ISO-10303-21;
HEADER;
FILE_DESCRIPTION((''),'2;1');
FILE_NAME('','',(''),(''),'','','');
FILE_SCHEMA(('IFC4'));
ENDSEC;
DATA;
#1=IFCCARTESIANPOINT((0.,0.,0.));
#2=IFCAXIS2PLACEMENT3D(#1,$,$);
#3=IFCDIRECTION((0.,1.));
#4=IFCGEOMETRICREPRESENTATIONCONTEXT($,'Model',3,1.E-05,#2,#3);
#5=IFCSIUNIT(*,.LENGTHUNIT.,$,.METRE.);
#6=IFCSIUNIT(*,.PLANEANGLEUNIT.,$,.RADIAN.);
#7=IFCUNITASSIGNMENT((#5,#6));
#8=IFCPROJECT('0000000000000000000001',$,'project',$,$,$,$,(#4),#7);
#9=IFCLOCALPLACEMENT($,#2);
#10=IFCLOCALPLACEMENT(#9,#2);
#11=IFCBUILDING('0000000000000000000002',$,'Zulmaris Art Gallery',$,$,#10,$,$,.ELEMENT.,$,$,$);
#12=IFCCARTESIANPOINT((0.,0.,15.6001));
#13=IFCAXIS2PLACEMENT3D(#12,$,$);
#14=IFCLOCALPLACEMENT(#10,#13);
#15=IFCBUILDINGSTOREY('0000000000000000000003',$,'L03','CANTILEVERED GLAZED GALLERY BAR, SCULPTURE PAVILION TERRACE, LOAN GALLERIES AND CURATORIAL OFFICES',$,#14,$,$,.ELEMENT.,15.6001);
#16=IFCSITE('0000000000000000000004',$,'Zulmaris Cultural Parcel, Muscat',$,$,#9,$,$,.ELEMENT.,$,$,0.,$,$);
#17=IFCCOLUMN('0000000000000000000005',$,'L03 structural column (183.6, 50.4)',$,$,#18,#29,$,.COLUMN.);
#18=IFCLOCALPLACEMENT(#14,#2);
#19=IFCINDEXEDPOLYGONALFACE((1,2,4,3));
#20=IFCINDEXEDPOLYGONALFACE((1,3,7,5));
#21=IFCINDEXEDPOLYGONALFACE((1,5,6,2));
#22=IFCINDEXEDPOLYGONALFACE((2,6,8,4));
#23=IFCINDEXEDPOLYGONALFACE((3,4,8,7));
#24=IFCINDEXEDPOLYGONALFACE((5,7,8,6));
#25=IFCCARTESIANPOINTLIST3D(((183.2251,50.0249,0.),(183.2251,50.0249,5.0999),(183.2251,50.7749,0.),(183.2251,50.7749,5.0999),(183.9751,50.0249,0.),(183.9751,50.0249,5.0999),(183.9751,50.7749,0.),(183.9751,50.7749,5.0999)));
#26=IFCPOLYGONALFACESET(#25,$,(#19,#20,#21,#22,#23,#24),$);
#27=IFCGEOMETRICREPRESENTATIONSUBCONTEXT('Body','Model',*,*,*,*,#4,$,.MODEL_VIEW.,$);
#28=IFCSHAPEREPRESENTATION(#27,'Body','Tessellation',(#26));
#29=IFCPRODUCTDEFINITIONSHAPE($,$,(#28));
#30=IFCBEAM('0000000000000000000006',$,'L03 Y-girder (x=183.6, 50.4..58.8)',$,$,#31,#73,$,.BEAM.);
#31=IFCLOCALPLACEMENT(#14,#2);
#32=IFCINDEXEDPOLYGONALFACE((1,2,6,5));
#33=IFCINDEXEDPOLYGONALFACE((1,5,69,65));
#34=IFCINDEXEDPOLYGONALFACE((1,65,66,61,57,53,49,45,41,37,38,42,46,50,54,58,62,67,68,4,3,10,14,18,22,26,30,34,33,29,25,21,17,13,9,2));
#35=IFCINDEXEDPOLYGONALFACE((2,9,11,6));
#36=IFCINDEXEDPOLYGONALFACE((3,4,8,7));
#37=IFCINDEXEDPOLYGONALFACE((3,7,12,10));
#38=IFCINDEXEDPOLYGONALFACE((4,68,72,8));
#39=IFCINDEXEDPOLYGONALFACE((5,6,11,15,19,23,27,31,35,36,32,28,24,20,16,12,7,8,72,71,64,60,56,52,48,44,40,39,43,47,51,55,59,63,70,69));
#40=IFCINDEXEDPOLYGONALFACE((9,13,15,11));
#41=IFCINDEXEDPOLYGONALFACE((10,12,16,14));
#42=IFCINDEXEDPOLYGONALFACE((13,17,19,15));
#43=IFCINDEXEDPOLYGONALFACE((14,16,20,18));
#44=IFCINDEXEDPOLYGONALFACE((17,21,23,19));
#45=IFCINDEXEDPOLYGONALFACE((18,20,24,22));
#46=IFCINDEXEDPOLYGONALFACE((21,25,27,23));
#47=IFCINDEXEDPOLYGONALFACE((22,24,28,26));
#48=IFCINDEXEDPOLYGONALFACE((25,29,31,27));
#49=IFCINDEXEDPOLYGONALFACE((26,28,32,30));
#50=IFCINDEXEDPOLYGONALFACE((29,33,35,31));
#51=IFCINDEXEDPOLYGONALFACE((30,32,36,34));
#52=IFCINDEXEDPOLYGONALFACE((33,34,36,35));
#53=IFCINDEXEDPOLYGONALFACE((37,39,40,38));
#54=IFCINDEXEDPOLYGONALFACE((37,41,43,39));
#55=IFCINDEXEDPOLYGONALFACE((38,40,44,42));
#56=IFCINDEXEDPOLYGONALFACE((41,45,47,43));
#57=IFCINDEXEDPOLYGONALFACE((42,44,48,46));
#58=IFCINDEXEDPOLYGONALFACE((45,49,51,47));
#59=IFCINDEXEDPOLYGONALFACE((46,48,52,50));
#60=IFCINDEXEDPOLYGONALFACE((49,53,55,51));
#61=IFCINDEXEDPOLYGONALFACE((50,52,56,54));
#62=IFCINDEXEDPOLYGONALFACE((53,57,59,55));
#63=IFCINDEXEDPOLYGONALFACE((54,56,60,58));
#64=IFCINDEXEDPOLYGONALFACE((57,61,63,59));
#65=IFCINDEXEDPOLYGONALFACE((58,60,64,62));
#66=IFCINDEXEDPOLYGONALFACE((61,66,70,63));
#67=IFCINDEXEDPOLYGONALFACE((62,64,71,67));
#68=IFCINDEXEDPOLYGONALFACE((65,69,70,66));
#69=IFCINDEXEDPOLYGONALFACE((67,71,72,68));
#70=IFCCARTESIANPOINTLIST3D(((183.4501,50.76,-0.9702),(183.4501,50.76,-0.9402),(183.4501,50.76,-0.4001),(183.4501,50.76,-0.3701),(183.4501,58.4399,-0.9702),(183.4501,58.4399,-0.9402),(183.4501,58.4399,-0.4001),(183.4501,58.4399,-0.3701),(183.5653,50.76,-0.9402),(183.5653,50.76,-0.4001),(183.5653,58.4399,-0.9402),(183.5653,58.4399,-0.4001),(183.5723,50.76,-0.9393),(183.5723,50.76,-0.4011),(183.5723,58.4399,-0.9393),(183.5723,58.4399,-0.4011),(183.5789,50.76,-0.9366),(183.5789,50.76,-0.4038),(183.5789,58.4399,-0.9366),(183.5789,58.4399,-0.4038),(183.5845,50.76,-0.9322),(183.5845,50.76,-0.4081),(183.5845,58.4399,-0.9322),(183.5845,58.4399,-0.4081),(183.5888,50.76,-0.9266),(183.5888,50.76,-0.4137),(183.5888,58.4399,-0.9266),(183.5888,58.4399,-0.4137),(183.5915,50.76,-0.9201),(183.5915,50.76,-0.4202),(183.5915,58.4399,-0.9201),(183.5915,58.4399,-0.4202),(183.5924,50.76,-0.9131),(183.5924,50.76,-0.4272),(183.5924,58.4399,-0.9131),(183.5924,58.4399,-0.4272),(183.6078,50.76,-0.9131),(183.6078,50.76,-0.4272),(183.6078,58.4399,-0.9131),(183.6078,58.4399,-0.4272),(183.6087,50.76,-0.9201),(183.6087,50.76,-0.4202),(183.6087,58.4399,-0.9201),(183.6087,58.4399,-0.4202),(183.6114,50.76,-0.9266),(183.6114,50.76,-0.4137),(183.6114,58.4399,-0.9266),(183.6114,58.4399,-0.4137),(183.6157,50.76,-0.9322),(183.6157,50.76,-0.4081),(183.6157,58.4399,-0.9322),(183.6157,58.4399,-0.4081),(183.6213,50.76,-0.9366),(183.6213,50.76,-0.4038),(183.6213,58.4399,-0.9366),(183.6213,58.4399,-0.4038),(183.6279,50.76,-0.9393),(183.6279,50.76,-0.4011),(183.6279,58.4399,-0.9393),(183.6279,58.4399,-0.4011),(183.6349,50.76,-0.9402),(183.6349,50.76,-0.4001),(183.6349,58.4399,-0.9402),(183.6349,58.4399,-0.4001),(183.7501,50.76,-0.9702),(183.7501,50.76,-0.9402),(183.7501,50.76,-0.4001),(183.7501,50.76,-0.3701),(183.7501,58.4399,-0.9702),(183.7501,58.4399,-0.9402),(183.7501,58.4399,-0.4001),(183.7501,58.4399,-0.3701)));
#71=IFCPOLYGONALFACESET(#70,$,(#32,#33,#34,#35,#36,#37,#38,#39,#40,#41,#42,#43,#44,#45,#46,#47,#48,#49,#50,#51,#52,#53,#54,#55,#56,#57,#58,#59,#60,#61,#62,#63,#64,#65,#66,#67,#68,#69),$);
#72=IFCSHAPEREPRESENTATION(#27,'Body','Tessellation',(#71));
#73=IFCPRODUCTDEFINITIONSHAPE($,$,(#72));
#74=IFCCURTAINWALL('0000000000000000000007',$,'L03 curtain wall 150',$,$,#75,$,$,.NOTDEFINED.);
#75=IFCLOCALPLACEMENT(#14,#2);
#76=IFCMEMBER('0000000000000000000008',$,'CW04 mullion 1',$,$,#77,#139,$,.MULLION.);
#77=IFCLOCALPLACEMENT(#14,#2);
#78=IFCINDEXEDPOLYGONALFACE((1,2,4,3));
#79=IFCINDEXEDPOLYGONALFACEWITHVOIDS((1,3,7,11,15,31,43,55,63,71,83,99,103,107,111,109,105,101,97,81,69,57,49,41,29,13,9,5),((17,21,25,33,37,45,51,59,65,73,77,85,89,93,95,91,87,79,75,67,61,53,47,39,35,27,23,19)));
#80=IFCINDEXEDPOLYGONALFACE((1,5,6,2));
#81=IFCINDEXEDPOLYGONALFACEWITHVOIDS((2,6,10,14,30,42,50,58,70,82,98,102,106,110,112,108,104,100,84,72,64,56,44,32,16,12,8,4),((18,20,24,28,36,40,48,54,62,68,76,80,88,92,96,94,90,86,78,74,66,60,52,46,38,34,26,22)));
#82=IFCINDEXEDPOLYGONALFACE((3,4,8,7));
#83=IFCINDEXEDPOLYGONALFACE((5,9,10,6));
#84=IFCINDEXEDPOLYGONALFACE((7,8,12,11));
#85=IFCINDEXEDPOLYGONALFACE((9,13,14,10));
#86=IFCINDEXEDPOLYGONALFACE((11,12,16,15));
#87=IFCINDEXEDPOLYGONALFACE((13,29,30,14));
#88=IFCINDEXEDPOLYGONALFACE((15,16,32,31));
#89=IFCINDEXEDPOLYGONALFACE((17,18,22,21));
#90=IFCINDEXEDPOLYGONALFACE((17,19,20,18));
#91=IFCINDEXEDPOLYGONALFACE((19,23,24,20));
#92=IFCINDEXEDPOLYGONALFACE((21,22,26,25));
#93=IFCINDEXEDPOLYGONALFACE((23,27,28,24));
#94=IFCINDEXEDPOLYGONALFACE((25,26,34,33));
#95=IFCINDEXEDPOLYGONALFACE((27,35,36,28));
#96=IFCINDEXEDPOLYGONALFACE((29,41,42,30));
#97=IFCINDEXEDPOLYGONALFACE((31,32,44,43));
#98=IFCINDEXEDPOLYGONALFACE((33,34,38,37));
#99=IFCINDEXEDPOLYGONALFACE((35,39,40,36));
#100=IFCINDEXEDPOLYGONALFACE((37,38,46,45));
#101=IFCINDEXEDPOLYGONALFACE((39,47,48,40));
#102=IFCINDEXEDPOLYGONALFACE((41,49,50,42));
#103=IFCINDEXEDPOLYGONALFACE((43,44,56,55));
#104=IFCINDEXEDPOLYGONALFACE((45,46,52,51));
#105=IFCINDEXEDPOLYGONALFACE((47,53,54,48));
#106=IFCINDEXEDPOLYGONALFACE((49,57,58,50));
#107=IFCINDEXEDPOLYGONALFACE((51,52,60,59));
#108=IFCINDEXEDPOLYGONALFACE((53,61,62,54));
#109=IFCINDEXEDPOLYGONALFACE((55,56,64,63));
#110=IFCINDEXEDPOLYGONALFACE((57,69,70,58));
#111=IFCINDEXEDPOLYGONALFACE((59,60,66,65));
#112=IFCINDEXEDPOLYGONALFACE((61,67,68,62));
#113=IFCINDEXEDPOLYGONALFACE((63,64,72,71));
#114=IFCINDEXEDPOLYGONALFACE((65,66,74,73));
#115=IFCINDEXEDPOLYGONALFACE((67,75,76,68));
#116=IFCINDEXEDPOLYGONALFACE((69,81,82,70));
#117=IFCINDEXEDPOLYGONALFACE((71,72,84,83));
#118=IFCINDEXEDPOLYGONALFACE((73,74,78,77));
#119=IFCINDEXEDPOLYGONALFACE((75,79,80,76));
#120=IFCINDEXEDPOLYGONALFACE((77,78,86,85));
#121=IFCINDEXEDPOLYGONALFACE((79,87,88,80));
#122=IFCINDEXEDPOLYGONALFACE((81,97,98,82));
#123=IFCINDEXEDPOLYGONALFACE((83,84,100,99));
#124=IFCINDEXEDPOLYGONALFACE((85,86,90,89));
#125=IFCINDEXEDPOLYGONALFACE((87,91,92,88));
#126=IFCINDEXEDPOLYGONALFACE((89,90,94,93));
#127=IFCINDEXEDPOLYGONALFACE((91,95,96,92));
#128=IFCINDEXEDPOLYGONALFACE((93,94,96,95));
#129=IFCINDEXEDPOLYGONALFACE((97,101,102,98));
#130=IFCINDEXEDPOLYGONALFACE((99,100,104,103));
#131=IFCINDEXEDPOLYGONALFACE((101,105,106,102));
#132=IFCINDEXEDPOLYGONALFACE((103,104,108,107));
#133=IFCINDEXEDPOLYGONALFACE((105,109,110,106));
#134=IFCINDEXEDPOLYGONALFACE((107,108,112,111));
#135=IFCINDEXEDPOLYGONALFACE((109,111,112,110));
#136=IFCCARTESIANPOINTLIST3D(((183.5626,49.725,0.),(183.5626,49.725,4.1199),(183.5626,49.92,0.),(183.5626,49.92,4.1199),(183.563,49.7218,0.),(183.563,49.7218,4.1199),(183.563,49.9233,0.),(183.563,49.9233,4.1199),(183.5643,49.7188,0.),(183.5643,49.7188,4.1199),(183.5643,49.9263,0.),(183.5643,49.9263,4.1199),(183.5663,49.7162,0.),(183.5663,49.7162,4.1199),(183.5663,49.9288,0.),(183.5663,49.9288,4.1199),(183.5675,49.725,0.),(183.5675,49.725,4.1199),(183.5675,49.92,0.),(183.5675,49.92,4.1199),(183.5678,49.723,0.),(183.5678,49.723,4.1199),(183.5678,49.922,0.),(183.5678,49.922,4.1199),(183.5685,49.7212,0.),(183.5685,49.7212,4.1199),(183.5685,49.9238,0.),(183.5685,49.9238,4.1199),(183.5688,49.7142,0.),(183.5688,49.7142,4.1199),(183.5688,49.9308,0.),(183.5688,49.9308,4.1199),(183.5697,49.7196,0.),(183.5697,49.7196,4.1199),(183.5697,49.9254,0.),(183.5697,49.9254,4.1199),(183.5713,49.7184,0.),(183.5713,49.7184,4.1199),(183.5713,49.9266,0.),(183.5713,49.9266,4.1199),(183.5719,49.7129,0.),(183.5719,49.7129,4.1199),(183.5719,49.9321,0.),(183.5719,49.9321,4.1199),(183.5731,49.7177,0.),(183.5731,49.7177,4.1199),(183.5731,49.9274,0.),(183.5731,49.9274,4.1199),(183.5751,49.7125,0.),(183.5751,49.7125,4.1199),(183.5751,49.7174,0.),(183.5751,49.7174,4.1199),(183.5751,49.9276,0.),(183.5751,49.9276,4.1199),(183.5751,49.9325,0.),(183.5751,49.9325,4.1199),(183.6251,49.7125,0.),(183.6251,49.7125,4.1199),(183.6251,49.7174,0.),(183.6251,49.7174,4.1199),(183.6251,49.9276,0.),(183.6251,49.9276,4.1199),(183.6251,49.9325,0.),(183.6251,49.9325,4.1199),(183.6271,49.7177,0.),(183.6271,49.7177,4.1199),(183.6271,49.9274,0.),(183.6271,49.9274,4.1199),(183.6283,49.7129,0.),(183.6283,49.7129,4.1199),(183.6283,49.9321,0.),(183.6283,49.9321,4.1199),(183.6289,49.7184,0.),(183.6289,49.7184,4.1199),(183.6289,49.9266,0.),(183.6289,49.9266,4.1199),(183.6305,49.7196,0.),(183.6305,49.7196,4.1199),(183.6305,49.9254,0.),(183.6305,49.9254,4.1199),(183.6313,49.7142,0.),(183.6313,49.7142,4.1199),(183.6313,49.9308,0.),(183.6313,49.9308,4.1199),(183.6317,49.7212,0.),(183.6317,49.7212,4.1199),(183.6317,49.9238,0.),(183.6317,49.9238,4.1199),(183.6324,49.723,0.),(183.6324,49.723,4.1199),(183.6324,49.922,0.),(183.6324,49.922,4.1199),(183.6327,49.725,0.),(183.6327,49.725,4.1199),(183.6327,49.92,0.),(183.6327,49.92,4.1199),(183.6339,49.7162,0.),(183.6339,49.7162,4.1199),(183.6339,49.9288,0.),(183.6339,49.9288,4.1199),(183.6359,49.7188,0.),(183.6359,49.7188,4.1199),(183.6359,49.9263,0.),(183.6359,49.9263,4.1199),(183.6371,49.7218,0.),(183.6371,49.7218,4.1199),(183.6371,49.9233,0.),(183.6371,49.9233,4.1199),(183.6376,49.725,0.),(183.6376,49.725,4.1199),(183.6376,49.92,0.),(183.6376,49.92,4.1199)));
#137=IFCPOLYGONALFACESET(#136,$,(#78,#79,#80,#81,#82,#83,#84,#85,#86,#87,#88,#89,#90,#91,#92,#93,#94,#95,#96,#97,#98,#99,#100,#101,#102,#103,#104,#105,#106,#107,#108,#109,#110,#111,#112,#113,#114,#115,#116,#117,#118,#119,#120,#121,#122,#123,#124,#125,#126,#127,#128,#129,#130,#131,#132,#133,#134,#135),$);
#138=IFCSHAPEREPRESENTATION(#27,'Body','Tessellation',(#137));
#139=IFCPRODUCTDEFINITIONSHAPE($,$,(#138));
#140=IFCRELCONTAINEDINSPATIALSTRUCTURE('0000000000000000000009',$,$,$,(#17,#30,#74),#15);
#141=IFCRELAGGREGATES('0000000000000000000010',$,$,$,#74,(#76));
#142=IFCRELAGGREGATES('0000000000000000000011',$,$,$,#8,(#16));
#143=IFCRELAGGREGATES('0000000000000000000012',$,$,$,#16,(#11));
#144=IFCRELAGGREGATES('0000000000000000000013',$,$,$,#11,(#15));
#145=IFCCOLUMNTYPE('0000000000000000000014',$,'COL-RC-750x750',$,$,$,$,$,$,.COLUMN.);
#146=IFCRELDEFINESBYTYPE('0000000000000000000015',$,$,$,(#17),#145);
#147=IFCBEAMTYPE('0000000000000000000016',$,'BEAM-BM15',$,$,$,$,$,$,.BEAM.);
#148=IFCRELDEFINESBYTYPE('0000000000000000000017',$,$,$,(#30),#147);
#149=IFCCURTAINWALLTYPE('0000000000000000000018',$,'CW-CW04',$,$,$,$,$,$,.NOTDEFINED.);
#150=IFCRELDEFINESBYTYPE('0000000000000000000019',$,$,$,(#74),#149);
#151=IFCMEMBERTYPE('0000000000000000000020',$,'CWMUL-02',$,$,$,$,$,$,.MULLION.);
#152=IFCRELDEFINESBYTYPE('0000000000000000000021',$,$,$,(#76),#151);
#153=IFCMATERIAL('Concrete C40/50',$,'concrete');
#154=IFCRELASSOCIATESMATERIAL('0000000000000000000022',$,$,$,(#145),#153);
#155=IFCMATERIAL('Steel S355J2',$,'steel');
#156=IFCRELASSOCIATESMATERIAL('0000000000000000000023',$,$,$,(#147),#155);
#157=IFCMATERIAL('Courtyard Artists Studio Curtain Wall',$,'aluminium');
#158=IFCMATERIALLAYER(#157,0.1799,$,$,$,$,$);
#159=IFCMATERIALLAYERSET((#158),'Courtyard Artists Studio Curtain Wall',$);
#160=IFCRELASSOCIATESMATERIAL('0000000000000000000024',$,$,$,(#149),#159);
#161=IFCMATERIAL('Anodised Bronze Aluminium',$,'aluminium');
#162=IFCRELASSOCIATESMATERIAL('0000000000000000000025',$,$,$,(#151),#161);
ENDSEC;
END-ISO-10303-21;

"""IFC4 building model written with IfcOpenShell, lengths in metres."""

from ifc_helpers import new_model, si_unit, direction, frame, origin, origin_2d, place, context, subcontext, project, spatial, rectangle, hollow_rectangle, i_section, extrude, material, layer, layer_set, material_profile, profile_set, type_object, element, aggregate, save


model = new_model("IFC4")

# Units and contexts
model_context = context("Model", 3, precision=1e-05, world=origin(), true_north=direction((0.0, 1.0)))
body_context = subcontext(model_context, "Body", "Model", "MODEL_VIEW")
ifc_project = project(units=[si_unit("LENGTHUNIT", "METRE"), si_unit("PLANEANGLEUNIT", "RADIAN")], contexts=[model_context])

# Site, building, storey
site_placement = place(None, origin())
site = spatial("IfcSite", under=ifc_project, at=site_placement, Name="Zulmaris Cultural Parcel, Muscat", CompositionType="ELEMENT", RefElevation=0.0)
building_placement = place(site_placement, origin())
building = spatial("IfcBuilding", under=site, at=building_placement, Name="Zulmaris Art Gallery", CompositionType="ELEMENT")
storey_placement = place(building_placement, frame((0.0, 0.0, 15.6001)))
storey = spatial("IfcBuildingStorey", under=building, at=storey_placement, Name="L03", Description="CANTILEVERED GLAZED GALLERY BAR, SCULPTURE PAVILION TERRACE, LOAN GALLERIES AND CURATORIAL OFFICES", CompositionType="ELEMENT", Elevation=15.6001)

# Column
ifc_material_1 = material(Name="Concrete C40/50", Category="concrete")
ifc_material_profile_1 = material_profile(ifc_material_1, rectangle(XDim=0.75, YDim=0.75, at=origin_2d()), Name="RC 750x750")
ifc_profile_set_1 = profile_set([ifc_material_profile_1], Name="Concrete C40/50")
column_type = type_object("IfcColumnType", Name="COL-RC-750x750", PredefinedType="COLUMN", material=ifc_profile_set_1)
column_placement = place(storey_placement, frame((183.6001, 50.3999, 0.0), z_axis=(0.0, 0.0, 1.0), x_axis=(1.0, 0.0, 0.0)))
element("IfcColumn", 1, at=column_placement, inside=storey, type_object=column_type, Name="L03 structural column (183.6, 50.4)", PredefinedType="COLUMN", context=body_context, shape_type="SweptSolid", body=[
    extrude(rectangle(XDim=0.75, YDim=0.75, at=origin_2d()), origin(), (0.0, 0.0, 1.0), 5.0999),
])

# Beam
ifc_material_2 = material(Name="Steel S355J2", Category="steel")
ifc_material_profile_2 = material_profile(ifc_material_2, i_section(OverallWidth=0.3, OverallDepth=0.6001, WebThickness=0.0154, FlangeThickness=0.03, FilletRadius=0.0271, at=origin_2d()), Name="HEB 600")
ifc_profile_set_2 = profile_set([ifc_material_profile_2], Name="Steel S355J2")
beam_type = type_object("IfcBeamType", Name="BEAM-BM15", PredefinedType="BEAM", material=ifc_profile_set_2)
beam_placement = place(storey_placement, frame((183.6001, 50.76, -0.6702), z_axis=(0.0, 1.0, 0.0), x_axis=(-1.0, 0.0, 0.0)))
element("IfcBeam", 2, at=beam_placement, inside=storey, type_object=beam_type, Name="L03 Y-girder (x=183.6, 50.4..58.8)", PredefinedType="BEAM", context=body_context, shape_type="SweptSolid", body=[
    extrude(i_section(OverallWidth=0.3, OverallDepth=0.6001, WebThickness=0.0154, FlangeThickness=0.03, FilletRadius=0.0271, at=origin_2d()), origin(), (0.0, 0.0, 1.0), 7.6799),
])

# Curtain wall, member
ifc_material_3 = material(Name="Courtyard Artists Studio Curtain Wall", Category="aluminium")
ifc_layer_1 = layer(ifc_material_3, 0.1799)
ifc_layer_set_1 = layer_set([ifc_layer_1], Name="Courtyard Artists Studio Curtain Wall")
curtain_wall_type = type_object("IfcCurtainWallType", Name="CW-CW04", PredefinedType="NOTDEFINED", material=ifc_layer_set_1)
curtain_wall_1_placement = place(storey_placement, origin())
curtain_wall_1 = element("IfcCurtainWall", 3, at=curtain_wall_1_placement, inside=storey, type_object=curtain_wall_type, Name="L03 curtain wall 150", PredefinedType="NOTDEFINED")
ifc_material_4 = material(Name="Anodised Bronze Aluminium", Category="aluminium")
ifc_material_profile_3 = material_profile(ifc_material_4, hollow_rectangle(XDim=0.075, YDim=0.22, WallThickness=0.0049, InnerFilletRadius=0.0076, OuterFilletRadius=0.0125, at=origin_2d()), Name="ALU 75x220x5")
ifc_profile_set_3 = profile_set([ifc_material_profile_3], Name="Anodised Bronze Aluminium")
member_type_1 = type_object("IfcMemberType", Name="CWMUL-02", PredefinedType="MULLION", material=ifc_profile_set_3)
member_1_placement = place(storey_placement, frame((183.6001, 49.8225, 0.0), z_axis=(0.0, 0.0, 1.0), x_axis=(1.0, 0.0, 0.0)))
member_1 = element("IfcMember", 4, at=member_1_placement, type_object=member_type_1, Name="CW04 mullion 1", PredefinedType="MULLION", context=body_context, shape_type="SweptSolid", body=[
    extrude(hollow_rectangle(XDim=0.075, YDim=0.22, WallThickness=0.0049, InnerFilletRadius=0.0076, OuterFilletRadius=0.0125, at=origin_2d()), origin(), (0.0, 0.0, 1.0), 4.1199),
])

aggregate(curtain_wall_1, [member_1])

save(model, "model.ifc")
